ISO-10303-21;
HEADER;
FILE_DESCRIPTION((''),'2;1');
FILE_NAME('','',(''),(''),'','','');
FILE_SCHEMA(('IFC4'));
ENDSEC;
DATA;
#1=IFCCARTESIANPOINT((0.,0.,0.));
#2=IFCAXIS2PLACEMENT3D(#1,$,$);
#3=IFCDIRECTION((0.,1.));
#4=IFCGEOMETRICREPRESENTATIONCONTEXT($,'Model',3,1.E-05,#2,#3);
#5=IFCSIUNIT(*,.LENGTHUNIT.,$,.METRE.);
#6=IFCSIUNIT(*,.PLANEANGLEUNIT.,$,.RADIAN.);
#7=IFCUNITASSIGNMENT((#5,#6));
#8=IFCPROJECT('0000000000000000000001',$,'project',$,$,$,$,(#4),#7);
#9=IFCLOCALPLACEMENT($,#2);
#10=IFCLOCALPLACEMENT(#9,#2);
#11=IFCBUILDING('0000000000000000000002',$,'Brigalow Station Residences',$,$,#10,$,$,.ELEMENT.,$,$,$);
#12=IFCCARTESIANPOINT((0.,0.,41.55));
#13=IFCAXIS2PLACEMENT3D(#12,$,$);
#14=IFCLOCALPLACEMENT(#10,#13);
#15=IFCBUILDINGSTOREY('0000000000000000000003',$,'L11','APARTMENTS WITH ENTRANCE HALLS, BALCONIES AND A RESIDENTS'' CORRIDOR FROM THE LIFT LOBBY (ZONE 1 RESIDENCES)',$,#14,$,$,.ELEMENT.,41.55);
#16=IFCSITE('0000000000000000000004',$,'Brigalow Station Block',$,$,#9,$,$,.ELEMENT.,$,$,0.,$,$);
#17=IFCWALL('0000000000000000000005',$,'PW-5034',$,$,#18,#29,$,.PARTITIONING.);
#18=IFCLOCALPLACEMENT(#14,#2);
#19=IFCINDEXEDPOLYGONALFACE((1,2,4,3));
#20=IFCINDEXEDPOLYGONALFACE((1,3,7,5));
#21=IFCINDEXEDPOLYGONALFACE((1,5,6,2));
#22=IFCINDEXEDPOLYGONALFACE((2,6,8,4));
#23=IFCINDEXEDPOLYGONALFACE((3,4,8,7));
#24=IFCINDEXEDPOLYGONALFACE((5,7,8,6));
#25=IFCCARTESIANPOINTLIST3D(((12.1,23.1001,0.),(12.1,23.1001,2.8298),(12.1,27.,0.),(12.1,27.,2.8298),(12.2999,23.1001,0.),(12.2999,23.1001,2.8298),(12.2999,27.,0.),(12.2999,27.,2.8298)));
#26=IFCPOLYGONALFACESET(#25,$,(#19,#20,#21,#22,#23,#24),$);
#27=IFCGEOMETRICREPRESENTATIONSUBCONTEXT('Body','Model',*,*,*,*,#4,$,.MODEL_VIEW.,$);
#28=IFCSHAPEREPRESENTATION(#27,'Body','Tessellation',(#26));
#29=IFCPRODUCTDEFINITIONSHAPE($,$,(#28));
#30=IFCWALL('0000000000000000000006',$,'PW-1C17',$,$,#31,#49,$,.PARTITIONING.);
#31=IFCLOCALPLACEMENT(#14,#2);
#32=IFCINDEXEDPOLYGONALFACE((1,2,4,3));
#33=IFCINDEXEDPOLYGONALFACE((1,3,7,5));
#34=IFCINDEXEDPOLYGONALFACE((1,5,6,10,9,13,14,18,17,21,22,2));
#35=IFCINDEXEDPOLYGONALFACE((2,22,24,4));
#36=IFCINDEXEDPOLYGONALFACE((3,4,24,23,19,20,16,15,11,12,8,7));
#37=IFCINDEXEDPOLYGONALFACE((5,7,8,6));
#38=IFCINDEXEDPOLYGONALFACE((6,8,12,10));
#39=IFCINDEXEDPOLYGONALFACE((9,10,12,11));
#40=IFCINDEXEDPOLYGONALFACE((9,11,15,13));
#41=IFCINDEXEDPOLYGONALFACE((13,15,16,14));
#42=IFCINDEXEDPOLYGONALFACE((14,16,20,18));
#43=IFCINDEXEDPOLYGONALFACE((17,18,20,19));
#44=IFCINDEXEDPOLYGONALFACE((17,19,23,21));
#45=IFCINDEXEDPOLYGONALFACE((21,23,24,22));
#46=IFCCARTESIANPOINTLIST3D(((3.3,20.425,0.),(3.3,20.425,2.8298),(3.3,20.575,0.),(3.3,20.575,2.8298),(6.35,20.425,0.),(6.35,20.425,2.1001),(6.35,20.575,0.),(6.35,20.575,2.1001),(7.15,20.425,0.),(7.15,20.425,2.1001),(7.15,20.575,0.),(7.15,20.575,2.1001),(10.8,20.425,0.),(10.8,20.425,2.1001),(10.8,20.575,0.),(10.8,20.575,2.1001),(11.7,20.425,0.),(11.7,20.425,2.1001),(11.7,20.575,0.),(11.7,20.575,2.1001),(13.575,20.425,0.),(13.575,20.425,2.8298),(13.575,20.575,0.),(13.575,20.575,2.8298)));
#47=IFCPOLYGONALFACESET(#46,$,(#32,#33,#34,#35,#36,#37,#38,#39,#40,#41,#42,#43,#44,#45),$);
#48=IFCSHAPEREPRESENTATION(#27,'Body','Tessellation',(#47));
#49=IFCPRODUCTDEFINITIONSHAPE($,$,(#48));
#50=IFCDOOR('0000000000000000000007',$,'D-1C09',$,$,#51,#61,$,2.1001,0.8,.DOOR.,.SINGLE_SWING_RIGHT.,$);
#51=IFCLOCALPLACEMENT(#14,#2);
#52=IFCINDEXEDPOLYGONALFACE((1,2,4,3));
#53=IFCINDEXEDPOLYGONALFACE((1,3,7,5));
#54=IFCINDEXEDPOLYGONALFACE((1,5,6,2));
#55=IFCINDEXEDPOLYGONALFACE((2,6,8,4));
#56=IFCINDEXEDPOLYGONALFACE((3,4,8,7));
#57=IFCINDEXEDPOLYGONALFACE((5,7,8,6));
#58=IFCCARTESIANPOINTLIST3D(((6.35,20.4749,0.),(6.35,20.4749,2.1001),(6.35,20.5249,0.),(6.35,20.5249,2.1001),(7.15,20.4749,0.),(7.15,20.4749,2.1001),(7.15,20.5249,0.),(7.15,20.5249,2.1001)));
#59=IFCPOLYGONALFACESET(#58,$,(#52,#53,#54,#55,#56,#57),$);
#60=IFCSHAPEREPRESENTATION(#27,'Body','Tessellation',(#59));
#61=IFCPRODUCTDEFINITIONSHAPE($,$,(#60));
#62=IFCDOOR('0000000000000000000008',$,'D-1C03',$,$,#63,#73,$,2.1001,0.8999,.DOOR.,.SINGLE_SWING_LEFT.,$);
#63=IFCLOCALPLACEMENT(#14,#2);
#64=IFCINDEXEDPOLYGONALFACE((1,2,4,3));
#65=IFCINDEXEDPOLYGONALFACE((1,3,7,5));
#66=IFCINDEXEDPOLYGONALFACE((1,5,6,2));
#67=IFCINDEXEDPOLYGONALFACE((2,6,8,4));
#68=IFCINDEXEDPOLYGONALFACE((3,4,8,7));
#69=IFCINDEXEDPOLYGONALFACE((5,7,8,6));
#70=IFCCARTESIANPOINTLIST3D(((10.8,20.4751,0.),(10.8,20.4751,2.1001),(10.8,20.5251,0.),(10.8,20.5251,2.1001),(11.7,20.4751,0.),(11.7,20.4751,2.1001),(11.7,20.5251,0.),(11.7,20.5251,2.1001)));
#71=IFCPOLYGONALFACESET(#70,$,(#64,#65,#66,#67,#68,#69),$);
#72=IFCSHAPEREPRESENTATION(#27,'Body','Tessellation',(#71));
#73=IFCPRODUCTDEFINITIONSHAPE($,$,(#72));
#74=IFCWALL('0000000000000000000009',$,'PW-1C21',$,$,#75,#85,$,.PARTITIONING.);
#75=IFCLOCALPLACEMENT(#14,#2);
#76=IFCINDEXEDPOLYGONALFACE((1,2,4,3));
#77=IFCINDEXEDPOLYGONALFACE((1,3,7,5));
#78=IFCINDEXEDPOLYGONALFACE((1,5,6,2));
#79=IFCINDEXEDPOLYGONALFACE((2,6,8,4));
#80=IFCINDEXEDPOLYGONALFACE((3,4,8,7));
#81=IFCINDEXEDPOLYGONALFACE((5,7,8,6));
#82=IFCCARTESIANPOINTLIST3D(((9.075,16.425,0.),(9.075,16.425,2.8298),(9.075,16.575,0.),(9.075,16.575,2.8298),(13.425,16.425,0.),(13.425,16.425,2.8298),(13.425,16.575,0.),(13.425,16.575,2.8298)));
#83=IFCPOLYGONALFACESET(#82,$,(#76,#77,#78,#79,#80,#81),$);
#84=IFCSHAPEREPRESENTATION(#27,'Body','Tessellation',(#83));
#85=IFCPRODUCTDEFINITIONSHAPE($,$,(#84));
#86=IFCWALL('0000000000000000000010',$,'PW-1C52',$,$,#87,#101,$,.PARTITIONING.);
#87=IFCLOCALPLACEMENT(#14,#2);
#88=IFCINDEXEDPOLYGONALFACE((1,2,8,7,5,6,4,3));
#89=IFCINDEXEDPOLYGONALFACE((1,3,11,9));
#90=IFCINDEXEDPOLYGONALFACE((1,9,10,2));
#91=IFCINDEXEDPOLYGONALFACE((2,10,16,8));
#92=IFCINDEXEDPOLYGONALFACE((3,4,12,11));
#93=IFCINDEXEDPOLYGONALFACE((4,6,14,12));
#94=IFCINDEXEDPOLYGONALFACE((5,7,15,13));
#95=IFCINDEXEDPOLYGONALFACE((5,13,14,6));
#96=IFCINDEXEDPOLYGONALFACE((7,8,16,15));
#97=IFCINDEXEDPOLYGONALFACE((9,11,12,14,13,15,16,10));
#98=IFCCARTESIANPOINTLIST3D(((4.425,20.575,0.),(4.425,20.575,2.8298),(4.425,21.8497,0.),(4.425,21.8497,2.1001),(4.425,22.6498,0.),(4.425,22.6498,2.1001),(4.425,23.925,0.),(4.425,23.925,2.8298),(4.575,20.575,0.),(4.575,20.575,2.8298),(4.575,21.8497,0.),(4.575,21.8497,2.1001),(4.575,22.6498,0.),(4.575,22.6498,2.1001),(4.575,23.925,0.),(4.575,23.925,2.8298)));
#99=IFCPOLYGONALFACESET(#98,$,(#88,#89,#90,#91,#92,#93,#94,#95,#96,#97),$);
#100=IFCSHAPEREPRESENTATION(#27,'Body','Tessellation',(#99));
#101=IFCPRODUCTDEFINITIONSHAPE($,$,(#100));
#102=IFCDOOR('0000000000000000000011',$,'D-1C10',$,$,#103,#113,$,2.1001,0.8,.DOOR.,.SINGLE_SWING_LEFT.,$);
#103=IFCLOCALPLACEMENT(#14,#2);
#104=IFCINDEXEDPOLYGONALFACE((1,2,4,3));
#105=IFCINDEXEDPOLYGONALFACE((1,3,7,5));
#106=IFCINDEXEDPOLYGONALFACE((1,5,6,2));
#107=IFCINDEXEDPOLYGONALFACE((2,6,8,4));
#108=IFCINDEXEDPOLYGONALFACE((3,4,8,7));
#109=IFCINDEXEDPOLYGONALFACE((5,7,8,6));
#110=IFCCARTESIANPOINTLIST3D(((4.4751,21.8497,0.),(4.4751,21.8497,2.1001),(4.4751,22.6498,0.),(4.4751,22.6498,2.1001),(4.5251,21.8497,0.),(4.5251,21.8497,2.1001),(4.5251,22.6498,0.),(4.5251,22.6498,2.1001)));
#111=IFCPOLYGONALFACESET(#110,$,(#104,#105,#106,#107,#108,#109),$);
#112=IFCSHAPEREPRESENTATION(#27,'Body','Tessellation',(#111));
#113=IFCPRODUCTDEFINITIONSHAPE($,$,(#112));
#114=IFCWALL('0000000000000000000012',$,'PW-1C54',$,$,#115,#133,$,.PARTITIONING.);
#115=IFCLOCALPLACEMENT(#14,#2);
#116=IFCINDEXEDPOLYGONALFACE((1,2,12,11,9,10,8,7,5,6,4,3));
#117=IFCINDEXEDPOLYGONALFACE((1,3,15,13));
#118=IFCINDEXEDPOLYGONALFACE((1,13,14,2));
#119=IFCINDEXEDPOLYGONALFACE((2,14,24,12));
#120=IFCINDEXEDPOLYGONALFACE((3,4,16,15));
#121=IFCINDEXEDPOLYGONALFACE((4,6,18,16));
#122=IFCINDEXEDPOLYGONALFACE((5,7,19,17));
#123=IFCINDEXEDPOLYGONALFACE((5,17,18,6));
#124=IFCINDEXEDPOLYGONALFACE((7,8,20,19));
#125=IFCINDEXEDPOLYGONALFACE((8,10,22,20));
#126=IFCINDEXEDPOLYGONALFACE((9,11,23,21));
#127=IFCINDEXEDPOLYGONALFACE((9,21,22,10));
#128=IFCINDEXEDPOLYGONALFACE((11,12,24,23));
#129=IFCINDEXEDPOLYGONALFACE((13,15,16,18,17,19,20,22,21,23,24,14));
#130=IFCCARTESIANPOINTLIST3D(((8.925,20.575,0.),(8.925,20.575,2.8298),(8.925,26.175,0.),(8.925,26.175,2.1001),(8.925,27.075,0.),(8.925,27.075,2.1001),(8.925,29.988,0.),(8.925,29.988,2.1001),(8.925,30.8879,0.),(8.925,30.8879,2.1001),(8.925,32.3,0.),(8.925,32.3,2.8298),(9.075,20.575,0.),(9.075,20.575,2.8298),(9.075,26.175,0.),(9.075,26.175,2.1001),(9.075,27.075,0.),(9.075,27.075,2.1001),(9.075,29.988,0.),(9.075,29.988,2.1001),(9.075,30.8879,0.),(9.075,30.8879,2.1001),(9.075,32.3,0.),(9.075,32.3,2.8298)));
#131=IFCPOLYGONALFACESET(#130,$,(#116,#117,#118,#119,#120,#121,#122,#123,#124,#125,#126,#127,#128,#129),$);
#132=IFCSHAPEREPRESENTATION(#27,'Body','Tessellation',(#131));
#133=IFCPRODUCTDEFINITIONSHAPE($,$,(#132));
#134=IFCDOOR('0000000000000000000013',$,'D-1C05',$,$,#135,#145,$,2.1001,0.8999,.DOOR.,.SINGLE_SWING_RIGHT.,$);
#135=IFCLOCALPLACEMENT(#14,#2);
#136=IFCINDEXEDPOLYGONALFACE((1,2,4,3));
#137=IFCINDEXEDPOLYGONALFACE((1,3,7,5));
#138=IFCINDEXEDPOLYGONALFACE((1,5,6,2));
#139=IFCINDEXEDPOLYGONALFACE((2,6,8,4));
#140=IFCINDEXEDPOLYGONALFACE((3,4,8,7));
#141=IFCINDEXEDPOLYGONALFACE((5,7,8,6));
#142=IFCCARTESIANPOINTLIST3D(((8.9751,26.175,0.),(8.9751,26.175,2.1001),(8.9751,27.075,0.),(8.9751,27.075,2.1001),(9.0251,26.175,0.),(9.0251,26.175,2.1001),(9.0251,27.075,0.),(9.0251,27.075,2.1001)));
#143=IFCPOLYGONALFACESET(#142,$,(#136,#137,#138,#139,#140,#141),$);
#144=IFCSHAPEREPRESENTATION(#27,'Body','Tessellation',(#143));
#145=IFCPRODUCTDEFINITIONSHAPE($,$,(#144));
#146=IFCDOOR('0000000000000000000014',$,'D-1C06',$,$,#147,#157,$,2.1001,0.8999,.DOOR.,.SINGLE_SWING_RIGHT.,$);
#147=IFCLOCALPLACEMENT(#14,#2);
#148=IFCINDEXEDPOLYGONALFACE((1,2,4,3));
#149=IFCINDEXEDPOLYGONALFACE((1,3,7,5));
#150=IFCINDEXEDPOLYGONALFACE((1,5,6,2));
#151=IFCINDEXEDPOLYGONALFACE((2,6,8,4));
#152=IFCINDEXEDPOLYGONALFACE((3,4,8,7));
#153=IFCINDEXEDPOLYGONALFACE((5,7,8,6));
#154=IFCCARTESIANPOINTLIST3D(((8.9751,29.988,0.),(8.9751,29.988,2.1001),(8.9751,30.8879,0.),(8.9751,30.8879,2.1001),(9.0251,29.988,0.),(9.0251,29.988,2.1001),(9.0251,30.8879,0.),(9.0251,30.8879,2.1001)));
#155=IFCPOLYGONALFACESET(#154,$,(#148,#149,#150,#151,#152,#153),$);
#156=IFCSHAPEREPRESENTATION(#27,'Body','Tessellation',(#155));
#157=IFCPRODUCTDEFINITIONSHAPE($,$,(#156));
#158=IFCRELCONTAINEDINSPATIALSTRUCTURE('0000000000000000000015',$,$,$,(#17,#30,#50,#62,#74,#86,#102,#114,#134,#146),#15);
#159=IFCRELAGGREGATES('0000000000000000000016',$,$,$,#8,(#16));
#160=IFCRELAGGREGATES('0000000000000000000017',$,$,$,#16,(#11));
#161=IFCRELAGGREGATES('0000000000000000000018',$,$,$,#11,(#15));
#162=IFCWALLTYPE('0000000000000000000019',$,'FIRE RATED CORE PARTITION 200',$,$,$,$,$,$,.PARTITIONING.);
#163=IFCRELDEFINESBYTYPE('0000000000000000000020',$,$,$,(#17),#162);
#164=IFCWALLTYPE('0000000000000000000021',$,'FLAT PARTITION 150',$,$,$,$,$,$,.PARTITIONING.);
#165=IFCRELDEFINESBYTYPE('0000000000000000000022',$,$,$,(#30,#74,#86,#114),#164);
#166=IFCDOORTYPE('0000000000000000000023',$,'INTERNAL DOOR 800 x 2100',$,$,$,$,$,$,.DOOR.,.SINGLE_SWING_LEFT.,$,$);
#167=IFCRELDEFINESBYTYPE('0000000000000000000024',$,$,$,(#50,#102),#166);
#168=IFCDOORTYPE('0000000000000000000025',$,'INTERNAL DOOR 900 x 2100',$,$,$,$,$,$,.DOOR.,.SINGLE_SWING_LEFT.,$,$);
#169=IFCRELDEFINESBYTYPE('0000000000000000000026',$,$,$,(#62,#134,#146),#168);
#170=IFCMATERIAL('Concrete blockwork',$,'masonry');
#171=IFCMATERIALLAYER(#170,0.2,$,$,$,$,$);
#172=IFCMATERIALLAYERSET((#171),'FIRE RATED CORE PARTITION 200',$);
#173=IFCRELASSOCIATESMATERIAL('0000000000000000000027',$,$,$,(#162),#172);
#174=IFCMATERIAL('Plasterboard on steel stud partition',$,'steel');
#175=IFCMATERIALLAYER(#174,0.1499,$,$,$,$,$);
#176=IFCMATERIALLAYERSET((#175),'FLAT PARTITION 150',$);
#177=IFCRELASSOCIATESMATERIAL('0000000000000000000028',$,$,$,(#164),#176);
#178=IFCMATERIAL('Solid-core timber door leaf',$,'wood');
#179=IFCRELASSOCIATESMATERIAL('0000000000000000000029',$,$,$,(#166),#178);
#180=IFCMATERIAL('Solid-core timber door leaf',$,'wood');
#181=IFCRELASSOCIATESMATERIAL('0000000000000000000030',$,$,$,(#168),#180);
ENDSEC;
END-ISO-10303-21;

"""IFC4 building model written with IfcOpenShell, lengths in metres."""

from ifc_helpers import new_model, si_unit, direction, frame, frame_2d, origin, place, context, subcontext, project, spatial, rectangle, extrude, material, layer, layer_set, type_object, element, fill, save


model = new_model("IFC4")

# Units and contexts
model_context = context("Model", 3, precision=1e-05, world=origin(), true_north=direction((0.0, 1.0)))
body_context = subcontext(model_context, "Body", "Model", "MODEL_VIEW")
ifc_project = project(units=[si_unit("LENGTHUNIT", "METRE"), si_unit("PLANEANGLEUNIT", "RADIAN")], contexts=[model_context])

# Site, building, storey
site_placement = place(None, origin())
site = spatial("IfcSite", under=ifc_project, at=site_placement, Name="Brigalow Station Block", CompositionType="ELEMENT", RefElevation=0.0)
building_placement = place(site_placement, origin())
building = spatial("IfcBuilding", under=site, at=building_placement, Name="Brigalow Station Residences", CompositionType="ELEMENT")
storey_placement = place(building_placement, frame((0.0, 0.0, 41.55)))
storey = spatial("IfcBuildingStorey", under=building, at=storey_placement, Name="L11", Description="APARTMENTS WITH ENTRANCE HALLS, BALCONIES AND A RESIDENTS' CORRIDOR FROM THE LIFT LOBBY (ZONE 1 RESIDENCES)", CompositionType="ELEMENT", Elevation=41.55)

# Wall
ifc_material_1 = material(Name="Concrete blockwork", Category="masonry")
ifc_layer_1 = layer(ifc_material_1, 0.2)
ifc_layer_set_1 = layer_set([ifc_layer_1], Name="FIRE RATED CORE PARTITION 200")
wall_type_1 = type_object("IfcWallType", Name="FIRE RATED CORE PARTITION 200", PredefinedType="PARTITIONING", material=ifc_layer_set_1)
wall_1_placement = place(storey_placement, frame((12.2, 23.1001, 0.0), z_axis=(0.0, 0.0, 1.0), x_axis=(0.0, 1.0, 0.0)))
element("IfcWall", 1, at=wall_1_placement, inside=storey, type_object=wall_type_1, Name="PW-5034", PredefinedType="PARTITIONING", context=body_context, shape_type="SweptSolid", body=[
    extrude(rectangle(XDim=3.8999, YDim=0.2, at=frame_2d((1.95, 0.0))), origin(), (0.0, 0.0, 1.0), 2.8298),
])

# Wall, openings, doors
ifc_material_2 = material(Name="Plasterboard on steel stud partition", Category="steel")
ifc_layer_2 = layer(ifc_material_2, 0.1499)
ifc_layer_set_2 = layer_set([ifc_layer_2], Name="FLAT PARTITION 150")
wall_type_2 = type_object("IfcWallType", Name="FLAT PARTITION 150", PredefinedType="PARTITIONING", material=ifc_layer_set_2)
wall_2_placement = place(storey_placement, frame((3.3, 20.5, 0.0), z_axis=(0.0, 0.0, 1.0), x_axis=(1.0, 0.0, 0.0)))
wall_2 = element("IfcWall", 2, at=wall_2_placement, inside=storey, type_object=wall_type_2, Name="PW-1C17", PredefinedType="PARTITIONING", context=body_context, shape_type="SweptSolid", body=[
    extrude(rectangle(XDim=10.2749, YDim=0.1499, at=frame_2d((5.1375, 0.0))), origin(), (0.0, 0.0, 1.0), 2.8298),
])
opening_1_placement = place(wall_2_placement, frame((7.5, 0.0, 0.0)))
opening_1 = element("IfcOpeningElement", 3, at=opening_1_placement, cuts=wall_2, PredefinedType="OPENING", context=body_context, shape_type="SweptSolid", body=[
    extrude(rectangle(XDim=0.8999, YDim=2.1001, at=frame_2d((0.45, 1.05))), frame((0.0, 0.085, 0.0), z_axis=(0.0, -1.0, 0.0), x_axis=(1.0, 0.0, 0.0)), (0.0, 0.0, 1.0), 0.1699),
])
opening_2_placement = place(wall_2_placement, frame((3.05, 0.0, 0.0)))
opening_2 = element("IfcOpeningElement", 4, at=opening_2_placement, cuts=wall_2, PredefinedType="OPENING", context=body_context, shape_type="SweptSolid", body=[
    extrude(rectangle(XDim=0.8, YDim=2.1001, at=frame_2d((0.3999, 1.05))), frame((0.0, 0.085, 0.0), z_axis=(0.0, -1.0, 0.0), x_axis=(1.0, 0.0, 0.0)), (0.0, 0.0, 1.0), 0.1699),
])
ifc_material_3 = material(Name="Solid-core timber door leaf", Category="wood")
door_type_1 = type_object("IfcDoorType", Name="INTERNAL DOOR 800 x 2100", OperationType="SINGLE_SWING_LEFT", PredefinedType="DOOR", material=ifc_material_3)
door_1_placement = place(opening_2_placement, origin())
door_1 = element("IfcDoor", 5, at=door_1_placement, inside=storey, type_object=door_type_1, Name="D-1C09", OperationType="SINGLE_SWING_RIGHT", OverallHeight=2.1001, OverallWidth=0.8, PredefinedType="DOOR", context=body_context, shape_type="SweptSolid", body=[
    extrude(rectangle(XDim=0.8, YDim=2.1001, at=frame_2d((0.3999, 1.05))), frame((0.0, 0.0249, 0.0), z_axis=(0.0, -1.0, 0.0), x_axis=(1.0, 0.0, 0.0)), (0.0, 0.0, 1.0), 0.05),
])
fill(opening_2, door_1)
ifc_material_4 = material(Name="Solid-core timber door leaf", Category="wood")
door_type_2 = type_object("IfcDoorType", Name="INTERNAL DOOR 900 x 2100", OperationType="SINGLE_SWING_LEFT", PredefinedType="DOOR", material=ifc_material_4)
door_2_placement = place(opening_1_placement, frame((0.8999, 0.0, 0.0), z_axis=(0.0, 0.0, 1.0), x_axis=(-1.0, 0.0, 0.0)))
door_2 = element("IfcDoor", 6, at=door_2_placement, inside=storey, type_object=door_type_2, Name="D-1C03", OperationType="SINGLE_SWING_LEFT", OverallHeight=2.1001, OverallWidth=0.8999, PredefinedType="DOOR", context=body_context, shape_type="SweptSolid", body=[
    extrude(rectangle(XDim=0.8999, YDim=2.1001, at=frame_2d((0.45, 1.05))), frame((0.0, 0.0249, 0.0), z_axis=(0.0, -1.0, 0.0), x_axis=(1.0, 0.0, 0.0)), (0.0, 0.0, 1.0), 0.05),
])
fill(opening_1, door_2)

# Wall
wall_3_placement = place(storey_placement, frame((9.075, 16.5, 0.0), z_axis=(0.0, 0.0, 1.0), x_axis=(1.0, 0.0, 0.0)))
element("IfcWall", 7, at=wall_3_placement, inside=storey, type_object=wall_type_2, Name="PW-1C21", PredefinedType="PARTITIONING", context=body_context, shape_type="SweptSolid", body=[
    extrude(rectangle(XDim=4.3501, YDim=0.1499, at=frame_2d((2.175, 0.0))), origin(), (0.0, 0.0, 1.0), 2.8298),
])

# Wall, opening, door
wall_4_placement = place(storey_placement, frame((4.5, 20.575, 0.0), z_axis=(0.0, 0.0, 1.0), x_axis=(0.0, 1.0, 0.0)))
wall_4 = element("IfcWall", 8, at=wall_4_placement, inside=storey, type_object=wall_type_2, Name="PW-1C52", PredefinedType="PARTITIONING", context=body_context, shape_type="SweptSolid", body=[
    extrude(rectangle(XDim=3.3501, YDim=0.1499, at=frame_2d((1.675, 0.0))), origin(), (0.0, 0.0, 1.0), 2.8298),
])
opening_3_placement = place(wall_4_placement, frame((1.2749, 0.0, 0.0)))
opening_3 = element("IfcOpeningElement", 9, at=opening_3_placement, cuts=wall_4, PredefinedType="OPENING", context=body_context, shape_type="SweptSolid", body=[
    extrude(rectangle(XDim=0.8, YDim=2.1001, at=frame_2d((0.3999, 1.05))), frame((0.0, 0.085, 0.0), z_axis=(0.0, -1.0, 0.0), x_axis=(1.0, 0.0, 0.0)), (0.0, 0.0, 1.0), 0.1699),
])
door_3_placement = place(opening_3_placement, origin())
door_3 = element("IfcDoor", 10, at=door_3_placement, inside=storey, type_object=door_type_1, Name="D-1C10", OperationType="SINGLE_SWING_LEFT", OverallHeight=2.1001, OverallWidth=0.8, PredefinedType="DOOR", context=body_context, shape_type="SweptSolid", body=[
    extrude(rectangle(XDim=0.8, YDim=2.1001, at=frame_2d((0.3999, 1.05))), frame((0.0, 0.0249, 0.0), z_axis=(0.0, -1.0, 0.0), x_axis=(1.0, 0.0, 0.0)), (0.0, 0.0, 1.0), 0.05),
])
fill(opening_3, door_3)

# Wall, openings, doors
wall_5_placement = place(storey_placement, frame((9.0, 20.575, 0.0), z_axis=(0.0, 0.0, 1.0), x_axis=(0.0, 1.0, 0.0)))
wall_5 = element("IfcWall", 11, at=wall_5_placement, inside=storey, type_object=wall_type_2, Name="PW-1C54", PredefinedType="PARTITIONING", context=body_context, shape_type="SweptSolid", body=[
    extrude(rectangle(XDim=11.7251, YDim=0.1499, at=frame_2d((5.8625, 0.0))), origin(), (0.0, 0.0, 1.0), 2.8298),
])
opening_4_placement = place(wall_5_placement, frame((5.6001, 0.0, 0.0)))
opening_4 = element("IfcOpeningElement", 12, at=opening_4_placement, cuts=wall_5, PredefinedType="OPENING", context=body_context, shape_type="SweptSolid", body=[
    extrude(rectangle(XDim=0.8999, YDim=2.1001, at=frame_2d((0.45, 1.05))), frame((0.0, 0.085, 0.0), z_axis=(0.0, -1.0, 0.0), x_axis=(1.0, 0.0, 0.0)), (0.0, 0.0, 1.0), 0.1699),
])
opening_5_placement = place(wall_5_placement, frame((9.4131, 0.0, 0.0)))
opening_5 = element("IfcOpeningElement", 13, at=opening_5_placement, cuts=wall_5, PredefinedType="OPENING", context=body_context, shape_type="SweptSolid", body=[
    extrude(rectangle(XDim=0.8999, YDim=2.1001, at=frame_2d((0.45, 1.05))), frame((0.0, 0.085, 0.0), z_axis=(0.0, -1.0, 0.0), x_axis=(1.0, 0.0, 0.0)), (0.0, 0.0, 1.0), 0.1699),
])
door_4_placement = place(opening_4_placement, origin())
door_4 = element("IfcDoor", 14, at=door_4_placement, inside=storey, type_object=door_type_2, Name="D-1C05", OperationType="SINGLE_SWING_RIGHT", OverallHeight=2.1001, OverallWidth=0.8999, PredefinedType="DOOR", context=body_context, shape_type="SweptSolid", body=[
    extrude(rectangle(XDim=0.8999, YDim=2.1001, at=frame_2d((0.45, 1.05))), frame((0.0, 0.0249, 0.0), z_axis=(0.0, -1.0, 0.0), x_axis=(1.0, 0.0, 0.0)), (0.0, 0.0, 1.0), 0.05),
])
fill(opening_4, door_4)
door_5_placement = place(opening_5_placement, origin())
door_5 = element("IfcDoor", 15, at=door_5_placement, inside=storey, type_object=door_type_2, Name="D-1C06", OperationType="SINGLE_SWING_RIGHT", OverallHeight=2.1001, OverallWidth=0.8999, PredefinedType="DOOR", context=body_context, shape_type="SweptSolid", body=[
    extrude(rectangle(XDim=0.8999, YDim=2.1001, at=frame_2d((0.45, 1.05))), frame((0.0, 0.0249, 0.0), z_axis=(0.0, -1.0, 0.0), x_axis=(1.0, 0.0, 0.0)), (0.0, 0.0, 1.0), 0.05),
])
fill(opening_5, door_5)

save(model, "model.ifc")
